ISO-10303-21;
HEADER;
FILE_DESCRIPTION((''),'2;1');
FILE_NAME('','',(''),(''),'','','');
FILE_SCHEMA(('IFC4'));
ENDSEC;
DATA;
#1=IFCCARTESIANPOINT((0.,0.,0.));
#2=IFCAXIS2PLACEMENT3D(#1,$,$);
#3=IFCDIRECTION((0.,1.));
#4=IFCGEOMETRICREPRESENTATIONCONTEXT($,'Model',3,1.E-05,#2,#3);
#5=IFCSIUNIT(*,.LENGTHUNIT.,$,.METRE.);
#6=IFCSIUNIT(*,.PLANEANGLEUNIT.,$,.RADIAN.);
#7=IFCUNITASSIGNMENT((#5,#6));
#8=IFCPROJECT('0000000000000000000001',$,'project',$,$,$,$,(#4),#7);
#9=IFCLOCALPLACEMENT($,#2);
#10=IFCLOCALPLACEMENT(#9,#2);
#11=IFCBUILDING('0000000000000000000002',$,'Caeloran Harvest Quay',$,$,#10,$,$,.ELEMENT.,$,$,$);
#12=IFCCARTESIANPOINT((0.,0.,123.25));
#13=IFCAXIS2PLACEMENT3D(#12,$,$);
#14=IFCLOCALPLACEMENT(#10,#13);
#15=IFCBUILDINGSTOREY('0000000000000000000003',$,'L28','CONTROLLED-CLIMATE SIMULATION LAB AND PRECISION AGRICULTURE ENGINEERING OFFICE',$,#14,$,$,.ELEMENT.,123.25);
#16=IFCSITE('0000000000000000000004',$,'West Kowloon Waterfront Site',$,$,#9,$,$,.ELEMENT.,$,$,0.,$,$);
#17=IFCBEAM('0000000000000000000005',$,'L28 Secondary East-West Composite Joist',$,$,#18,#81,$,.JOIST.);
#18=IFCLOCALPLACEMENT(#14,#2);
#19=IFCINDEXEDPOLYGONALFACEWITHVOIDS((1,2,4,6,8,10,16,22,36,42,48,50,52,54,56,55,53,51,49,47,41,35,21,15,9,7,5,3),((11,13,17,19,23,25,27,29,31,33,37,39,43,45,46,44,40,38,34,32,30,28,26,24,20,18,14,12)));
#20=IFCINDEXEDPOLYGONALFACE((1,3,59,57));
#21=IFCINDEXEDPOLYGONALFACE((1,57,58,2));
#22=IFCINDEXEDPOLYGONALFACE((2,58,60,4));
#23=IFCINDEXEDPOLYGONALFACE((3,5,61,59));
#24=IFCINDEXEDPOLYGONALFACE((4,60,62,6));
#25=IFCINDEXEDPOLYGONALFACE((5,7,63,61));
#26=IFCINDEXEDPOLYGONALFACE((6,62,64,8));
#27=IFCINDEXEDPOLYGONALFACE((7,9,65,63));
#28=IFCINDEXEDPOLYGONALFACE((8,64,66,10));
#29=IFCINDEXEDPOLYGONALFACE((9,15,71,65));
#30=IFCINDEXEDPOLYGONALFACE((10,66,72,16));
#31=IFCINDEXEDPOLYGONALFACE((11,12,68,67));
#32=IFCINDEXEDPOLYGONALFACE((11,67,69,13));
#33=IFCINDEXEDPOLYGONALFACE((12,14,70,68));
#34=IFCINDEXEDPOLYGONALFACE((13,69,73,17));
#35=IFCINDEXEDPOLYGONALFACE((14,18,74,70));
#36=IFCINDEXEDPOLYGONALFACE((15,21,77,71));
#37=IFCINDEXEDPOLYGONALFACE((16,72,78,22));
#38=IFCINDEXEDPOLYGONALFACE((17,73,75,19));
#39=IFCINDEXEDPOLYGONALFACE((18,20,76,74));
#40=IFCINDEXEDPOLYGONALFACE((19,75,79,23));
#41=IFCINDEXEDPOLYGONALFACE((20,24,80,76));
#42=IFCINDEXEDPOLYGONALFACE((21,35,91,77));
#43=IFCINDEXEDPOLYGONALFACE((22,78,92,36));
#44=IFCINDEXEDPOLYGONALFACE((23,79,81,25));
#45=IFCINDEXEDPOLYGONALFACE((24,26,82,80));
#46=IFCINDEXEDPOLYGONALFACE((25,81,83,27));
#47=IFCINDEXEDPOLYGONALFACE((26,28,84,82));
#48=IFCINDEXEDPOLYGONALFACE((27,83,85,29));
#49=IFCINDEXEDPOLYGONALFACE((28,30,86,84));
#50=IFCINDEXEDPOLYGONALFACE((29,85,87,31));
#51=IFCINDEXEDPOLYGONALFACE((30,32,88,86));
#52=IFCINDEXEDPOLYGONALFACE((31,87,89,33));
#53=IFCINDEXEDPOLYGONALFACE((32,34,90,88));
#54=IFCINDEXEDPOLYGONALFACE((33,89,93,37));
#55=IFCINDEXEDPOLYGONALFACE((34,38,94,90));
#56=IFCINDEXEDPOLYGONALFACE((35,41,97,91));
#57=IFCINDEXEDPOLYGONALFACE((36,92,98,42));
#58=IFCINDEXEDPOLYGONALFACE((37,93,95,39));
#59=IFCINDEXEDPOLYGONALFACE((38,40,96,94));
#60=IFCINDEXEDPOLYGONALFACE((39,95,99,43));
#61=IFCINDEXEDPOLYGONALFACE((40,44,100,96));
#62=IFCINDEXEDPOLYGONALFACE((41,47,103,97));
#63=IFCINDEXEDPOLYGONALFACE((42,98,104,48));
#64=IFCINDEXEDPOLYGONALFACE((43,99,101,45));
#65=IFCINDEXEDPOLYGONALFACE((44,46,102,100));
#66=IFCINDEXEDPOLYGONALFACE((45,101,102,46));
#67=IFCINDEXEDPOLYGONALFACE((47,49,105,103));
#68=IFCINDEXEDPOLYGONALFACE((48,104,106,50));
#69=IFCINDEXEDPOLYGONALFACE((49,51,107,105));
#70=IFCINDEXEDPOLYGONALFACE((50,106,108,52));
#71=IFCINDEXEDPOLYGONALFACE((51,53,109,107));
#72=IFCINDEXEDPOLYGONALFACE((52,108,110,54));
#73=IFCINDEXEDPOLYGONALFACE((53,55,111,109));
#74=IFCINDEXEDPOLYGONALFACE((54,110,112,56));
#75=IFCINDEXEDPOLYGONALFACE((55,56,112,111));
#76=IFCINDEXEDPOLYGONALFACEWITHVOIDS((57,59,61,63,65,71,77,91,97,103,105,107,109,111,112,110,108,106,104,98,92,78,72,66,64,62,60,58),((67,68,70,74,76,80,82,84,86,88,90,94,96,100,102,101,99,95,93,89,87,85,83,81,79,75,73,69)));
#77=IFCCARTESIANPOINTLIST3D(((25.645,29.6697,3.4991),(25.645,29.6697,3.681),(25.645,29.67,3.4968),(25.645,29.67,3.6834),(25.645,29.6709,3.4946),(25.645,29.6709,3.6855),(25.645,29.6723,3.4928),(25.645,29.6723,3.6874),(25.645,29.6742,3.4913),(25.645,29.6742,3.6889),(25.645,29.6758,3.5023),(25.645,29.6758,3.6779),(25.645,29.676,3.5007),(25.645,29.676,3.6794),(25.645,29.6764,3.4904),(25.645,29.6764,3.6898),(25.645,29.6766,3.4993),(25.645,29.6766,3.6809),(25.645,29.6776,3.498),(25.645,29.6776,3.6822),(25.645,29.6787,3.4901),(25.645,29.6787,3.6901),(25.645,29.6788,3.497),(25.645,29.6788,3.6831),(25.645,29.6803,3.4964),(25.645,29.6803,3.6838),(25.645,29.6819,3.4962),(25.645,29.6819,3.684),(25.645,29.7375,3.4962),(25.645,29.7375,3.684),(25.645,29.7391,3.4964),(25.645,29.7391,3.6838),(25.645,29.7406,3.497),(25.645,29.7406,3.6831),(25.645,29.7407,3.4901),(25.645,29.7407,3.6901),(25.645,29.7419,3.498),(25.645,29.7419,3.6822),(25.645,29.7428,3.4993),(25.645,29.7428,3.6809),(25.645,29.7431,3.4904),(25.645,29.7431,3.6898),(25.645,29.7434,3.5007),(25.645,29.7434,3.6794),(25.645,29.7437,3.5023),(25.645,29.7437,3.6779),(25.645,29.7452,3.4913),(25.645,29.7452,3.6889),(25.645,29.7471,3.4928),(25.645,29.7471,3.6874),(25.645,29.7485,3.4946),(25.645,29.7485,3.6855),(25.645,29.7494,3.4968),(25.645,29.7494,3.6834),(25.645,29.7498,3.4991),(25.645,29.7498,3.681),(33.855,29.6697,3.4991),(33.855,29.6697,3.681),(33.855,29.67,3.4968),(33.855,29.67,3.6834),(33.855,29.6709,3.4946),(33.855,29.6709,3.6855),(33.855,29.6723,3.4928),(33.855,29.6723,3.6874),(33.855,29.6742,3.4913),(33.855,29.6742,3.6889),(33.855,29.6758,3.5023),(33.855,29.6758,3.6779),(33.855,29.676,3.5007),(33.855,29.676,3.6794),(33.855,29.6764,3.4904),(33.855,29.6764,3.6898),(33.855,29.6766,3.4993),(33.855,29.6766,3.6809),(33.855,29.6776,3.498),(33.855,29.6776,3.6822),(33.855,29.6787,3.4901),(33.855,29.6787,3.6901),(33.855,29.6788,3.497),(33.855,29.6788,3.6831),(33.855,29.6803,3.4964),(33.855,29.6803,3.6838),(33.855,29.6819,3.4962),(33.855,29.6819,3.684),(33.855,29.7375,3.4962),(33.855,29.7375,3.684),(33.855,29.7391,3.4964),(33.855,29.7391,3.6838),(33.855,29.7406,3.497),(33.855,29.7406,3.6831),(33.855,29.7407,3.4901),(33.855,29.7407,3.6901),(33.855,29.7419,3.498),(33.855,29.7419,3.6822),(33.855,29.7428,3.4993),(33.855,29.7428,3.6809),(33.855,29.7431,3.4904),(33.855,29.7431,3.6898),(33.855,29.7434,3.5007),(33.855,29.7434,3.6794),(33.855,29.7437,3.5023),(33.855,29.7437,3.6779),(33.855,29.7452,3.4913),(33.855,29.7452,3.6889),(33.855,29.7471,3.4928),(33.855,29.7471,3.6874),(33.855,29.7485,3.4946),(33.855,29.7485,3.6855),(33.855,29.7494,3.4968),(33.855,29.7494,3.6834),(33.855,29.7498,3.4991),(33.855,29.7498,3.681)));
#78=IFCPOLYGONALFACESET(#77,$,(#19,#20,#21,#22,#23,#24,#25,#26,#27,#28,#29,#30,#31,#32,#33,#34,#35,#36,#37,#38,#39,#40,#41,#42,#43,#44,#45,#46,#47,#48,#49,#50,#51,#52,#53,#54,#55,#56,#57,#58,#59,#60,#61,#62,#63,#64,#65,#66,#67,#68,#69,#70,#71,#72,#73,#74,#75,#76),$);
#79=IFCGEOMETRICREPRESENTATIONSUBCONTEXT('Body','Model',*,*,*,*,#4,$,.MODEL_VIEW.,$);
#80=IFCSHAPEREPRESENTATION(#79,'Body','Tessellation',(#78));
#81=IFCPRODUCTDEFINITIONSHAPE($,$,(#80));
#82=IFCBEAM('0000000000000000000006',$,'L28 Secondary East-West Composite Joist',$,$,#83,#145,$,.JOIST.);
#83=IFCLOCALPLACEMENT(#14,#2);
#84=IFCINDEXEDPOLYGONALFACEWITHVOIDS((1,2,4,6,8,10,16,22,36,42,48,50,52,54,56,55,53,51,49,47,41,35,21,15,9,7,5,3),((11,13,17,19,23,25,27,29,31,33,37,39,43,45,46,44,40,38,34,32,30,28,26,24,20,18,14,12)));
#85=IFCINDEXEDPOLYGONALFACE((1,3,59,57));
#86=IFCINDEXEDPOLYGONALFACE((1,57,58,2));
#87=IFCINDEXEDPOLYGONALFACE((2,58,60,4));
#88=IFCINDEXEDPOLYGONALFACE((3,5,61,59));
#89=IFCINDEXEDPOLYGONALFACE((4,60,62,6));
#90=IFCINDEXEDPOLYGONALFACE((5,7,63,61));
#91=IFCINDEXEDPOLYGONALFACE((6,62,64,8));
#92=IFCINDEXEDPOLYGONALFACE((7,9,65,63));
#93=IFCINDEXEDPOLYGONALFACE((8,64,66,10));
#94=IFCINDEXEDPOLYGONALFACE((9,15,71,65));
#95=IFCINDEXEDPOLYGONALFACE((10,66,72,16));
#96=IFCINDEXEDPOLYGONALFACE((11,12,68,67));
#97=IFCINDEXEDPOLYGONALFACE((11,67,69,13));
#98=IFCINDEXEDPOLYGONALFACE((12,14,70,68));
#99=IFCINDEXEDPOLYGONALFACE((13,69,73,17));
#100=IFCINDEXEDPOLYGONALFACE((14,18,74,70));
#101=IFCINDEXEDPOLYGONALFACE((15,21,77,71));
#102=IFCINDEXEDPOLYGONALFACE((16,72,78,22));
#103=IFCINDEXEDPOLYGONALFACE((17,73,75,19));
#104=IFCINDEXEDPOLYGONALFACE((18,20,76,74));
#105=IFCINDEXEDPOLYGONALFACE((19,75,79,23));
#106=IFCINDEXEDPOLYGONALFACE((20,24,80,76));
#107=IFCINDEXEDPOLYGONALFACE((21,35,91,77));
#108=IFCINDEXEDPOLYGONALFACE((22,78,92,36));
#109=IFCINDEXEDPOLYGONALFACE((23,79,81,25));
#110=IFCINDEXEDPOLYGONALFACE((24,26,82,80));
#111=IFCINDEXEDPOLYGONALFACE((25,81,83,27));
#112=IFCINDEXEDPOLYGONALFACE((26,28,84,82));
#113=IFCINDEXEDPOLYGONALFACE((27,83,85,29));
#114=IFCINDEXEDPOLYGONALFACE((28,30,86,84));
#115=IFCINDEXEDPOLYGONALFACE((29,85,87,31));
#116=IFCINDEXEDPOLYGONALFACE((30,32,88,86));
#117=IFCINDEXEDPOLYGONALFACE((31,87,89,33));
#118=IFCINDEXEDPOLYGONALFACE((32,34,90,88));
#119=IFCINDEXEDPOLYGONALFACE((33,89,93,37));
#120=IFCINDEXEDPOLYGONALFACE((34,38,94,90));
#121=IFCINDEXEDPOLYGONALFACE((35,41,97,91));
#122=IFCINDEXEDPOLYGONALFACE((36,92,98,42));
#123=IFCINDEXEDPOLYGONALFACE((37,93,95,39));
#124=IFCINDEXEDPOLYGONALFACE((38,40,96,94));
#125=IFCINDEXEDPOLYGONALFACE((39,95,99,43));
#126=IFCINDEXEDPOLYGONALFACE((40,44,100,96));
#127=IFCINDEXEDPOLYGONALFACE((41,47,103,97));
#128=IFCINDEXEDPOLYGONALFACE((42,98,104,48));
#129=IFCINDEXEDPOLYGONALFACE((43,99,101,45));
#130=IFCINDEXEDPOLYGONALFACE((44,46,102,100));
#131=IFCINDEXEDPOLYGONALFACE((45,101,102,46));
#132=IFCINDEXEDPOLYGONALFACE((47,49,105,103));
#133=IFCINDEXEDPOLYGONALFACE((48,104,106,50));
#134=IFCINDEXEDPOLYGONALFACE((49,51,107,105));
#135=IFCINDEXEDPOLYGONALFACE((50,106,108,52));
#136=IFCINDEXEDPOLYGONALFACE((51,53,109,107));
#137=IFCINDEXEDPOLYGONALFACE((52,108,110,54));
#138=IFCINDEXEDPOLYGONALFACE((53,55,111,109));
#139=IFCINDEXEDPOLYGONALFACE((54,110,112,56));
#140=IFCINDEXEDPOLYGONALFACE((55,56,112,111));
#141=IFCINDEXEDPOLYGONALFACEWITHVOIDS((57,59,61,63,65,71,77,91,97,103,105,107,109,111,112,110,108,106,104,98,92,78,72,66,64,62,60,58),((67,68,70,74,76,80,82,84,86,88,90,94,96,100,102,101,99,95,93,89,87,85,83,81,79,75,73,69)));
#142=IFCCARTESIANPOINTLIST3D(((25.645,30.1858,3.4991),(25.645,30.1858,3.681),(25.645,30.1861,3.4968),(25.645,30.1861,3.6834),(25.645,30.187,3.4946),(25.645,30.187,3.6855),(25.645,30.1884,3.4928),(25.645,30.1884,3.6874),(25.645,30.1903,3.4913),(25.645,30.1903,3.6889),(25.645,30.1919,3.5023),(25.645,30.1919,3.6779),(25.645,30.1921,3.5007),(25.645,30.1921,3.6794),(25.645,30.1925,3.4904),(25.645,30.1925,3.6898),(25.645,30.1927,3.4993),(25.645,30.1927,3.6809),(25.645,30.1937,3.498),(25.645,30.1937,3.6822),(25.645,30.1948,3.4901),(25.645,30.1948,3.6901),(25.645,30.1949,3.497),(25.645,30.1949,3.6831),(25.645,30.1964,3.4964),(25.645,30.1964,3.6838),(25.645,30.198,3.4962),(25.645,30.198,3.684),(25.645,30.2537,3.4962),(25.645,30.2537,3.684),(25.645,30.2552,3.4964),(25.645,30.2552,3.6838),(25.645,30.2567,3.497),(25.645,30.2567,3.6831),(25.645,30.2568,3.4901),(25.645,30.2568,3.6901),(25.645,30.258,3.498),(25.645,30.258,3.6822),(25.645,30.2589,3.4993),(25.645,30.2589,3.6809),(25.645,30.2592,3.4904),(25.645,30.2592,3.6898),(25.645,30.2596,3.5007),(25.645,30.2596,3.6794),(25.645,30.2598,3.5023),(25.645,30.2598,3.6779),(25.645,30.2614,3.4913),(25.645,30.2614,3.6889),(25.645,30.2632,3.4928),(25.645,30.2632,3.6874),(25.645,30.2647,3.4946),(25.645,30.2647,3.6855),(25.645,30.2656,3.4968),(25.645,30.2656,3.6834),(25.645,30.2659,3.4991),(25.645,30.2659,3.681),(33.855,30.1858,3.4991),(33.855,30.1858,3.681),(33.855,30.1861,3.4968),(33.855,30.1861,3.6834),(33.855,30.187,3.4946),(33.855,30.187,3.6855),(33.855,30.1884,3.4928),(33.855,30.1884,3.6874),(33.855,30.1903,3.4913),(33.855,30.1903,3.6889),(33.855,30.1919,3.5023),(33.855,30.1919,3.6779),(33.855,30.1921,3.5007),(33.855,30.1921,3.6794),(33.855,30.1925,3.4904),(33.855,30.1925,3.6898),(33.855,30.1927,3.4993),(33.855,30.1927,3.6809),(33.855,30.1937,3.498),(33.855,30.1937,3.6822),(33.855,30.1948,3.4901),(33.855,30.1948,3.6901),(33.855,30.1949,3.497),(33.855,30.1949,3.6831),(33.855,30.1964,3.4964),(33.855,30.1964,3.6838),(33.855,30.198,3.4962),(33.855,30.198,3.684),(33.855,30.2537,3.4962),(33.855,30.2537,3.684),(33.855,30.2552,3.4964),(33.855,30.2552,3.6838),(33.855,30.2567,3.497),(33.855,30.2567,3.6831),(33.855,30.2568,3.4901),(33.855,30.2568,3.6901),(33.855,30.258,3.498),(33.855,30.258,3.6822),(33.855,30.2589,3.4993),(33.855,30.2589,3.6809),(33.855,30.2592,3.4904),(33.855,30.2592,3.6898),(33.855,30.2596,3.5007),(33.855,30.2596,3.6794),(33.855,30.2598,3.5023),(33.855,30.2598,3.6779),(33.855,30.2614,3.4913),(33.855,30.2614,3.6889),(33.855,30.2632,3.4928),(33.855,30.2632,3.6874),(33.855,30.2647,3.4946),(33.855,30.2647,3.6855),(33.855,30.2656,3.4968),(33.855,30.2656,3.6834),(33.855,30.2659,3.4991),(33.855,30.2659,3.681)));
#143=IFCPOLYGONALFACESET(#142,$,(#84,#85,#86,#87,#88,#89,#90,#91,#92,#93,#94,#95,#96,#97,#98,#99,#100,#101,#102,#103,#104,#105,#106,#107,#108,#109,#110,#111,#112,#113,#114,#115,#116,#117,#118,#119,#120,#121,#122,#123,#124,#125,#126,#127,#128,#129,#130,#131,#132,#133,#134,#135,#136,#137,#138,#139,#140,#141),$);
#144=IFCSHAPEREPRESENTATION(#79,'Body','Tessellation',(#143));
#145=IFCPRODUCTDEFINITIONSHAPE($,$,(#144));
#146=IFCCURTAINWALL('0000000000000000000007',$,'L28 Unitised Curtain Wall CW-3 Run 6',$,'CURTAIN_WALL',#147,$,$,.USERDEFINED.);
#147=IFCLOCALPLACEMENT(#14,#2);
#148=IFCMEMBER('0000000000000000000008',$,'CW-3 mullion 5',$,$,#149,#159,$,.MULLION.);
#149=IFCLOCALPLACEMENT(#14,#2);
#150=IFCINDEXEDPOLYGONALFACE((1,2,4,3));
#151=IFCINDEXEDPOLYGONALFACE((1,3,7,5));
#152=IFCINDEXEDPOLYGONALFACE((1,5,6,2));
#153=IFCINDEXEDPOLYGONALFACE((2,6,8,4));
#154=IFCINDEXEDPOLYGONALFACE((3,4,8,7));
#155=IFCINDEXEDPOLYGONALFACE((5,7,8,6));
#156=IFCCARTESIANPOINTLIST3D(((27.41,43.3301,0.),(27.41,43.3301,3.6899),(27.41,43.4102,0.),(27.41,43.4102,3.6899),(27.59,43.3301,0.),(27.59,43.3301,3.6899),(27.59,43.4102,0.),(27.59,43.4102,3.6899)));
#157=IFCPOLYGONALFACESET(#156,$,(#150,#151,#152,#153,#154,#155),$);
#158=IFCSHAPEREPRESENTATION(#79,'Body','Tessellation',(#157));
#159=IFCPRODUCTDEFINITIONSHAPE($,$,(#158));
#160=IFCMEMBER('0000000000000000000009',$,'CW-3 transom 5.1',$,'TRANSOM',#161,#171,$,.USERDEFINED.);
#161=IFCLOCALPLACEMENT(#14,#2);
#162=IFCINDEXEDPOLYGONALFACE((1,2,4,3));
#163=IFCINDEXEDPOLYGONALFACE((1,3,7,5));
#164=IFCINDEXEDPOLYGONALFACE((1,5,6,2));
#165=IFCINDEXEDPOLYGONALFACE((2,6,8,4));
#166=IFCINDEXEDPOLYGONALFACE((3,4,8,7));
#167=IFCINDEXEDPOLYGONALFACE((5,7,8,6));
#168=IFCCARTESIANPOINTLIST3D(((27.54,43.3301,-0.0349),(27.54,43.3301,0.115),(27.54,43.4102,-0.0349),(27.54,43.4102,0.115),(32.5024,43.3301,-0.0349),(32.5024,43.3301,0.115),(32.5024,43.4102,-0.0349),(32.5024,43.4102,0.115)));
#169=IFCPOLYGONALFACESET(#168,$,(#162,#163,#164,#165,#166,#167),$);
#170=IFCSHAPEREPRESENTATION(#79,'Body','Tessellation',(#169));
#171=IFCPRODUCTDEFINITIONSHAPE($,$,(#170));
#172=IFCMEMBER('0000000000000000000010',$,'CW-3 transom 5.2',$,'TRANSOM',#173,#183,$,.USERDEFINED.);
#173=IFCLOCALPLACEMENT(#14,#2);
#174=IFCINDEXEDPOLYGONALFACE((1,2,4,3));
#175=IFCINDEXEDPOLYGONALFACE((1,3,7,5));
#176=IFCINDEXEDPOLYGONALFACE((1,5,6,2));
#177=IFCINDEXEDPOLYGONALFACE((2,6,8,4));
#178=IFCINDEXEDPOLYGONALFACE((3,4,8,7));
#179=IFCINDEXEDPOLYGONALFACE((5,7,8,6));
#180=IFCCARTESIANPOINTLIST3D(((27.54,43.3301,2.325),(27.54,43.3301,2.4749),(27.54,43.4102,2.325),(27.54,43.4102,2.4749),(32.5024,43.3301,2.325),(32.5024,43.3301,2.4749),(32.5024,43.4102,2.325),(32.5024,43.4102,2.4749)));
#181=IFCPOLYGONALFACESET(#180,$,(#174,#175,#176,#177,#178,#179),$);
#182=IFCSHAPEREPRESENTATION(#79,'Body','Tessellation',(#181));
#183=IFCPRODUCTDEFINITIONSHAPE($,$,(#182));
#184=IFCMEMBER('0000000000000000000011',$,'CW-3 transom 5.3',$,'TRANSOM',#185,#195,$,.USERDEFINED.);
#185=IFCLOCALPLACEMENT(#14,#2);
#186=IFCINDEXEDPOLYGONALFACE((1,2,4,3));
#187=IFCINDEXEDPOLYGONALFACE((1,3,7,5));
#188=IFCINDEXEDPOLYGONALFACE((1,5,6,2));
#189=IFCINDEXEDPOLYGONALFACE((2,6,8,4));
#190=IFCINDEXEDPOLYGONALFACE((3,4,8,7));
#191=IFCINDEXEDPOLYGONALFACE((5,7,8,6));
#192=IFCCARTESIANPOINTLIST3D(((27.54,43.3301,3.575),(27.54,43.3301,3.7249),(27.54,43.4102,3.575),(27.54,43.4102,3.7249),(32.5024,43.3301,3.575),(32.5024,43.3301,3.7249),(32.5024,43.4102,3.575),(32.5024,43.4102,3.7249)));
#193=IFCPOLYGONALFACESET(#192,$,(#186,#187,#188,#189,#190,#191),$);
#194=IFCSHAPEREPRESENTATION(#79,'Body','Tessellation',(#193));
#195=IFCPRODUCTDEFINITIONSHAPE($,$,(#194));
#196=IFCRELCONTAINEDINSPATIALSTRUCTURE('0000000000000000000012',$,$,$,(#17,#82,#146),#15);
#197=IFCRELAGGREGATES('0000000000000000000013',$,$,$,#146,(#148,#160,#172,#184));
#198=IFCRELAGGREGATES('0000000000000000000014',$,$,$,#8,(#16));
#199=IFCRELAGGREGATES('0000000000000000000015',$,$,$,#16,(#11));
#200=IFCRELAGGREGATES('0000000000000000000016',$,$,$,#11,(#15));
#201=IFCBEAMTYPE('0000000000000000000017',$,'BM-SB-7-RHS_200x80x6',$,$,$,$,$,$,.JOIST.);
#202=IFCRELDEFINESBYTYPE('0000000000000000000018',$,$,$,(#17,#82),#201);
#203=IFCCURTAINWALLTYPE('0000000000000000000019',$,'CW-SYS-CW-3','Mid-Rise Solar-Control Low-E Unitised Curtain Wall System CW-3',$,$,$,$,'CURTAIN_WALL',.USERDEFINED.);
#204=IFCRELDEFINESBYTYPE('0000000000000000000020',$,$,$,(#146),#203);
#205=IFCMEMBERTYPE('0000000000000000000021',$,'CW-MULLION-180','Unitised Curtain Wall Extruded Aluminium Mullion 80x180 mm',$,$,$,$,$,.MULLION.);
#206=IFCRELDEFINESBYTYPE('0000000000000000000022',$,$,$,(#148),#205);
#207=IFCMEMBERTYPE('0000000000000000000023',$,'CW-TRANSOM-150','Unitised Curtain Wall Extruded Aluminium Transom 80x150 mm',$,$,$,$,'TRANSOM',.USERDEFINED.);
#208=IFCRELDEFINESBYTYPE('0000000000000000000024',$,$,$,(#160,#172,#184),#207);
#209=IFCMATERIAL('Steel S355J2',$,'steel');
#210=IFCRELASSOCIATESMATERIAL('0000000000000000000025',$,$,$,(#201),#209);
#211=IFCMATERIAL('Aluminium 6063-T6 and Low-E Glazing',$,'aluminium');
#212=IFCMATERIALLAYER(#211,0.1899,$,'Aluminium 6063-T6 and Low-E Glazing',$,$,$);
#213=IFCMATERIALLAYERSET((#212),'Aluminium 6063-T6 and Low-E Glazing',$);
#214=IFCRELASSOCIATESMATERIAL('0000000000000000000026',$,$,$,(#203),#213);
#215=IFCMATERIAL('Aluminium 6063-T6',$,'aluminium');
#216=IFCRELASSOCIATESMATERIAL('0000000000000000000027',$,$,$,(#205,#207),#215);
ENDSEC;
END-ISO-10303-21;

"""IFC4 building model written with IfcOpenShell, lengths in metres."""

from ifc_helpers import new_model, si_unit, direction, frame, origin, origin_2d, place, context, subcontext, project, spatial, rectangle, hollow_rectangle, extrude, material, layer, layer_set, material_profile, profile_set, type_object, element, aggregate, save


model = new_model("IFC4")

# Units and contexts
model_context = context("Model", 3, precision=1e-05, world=origin(), true_north=direction((0.0, 1.0)))
body_context = subcontext(model_context, "Body", "Model", "MODEL_VIEW")
ifc_project = project(units=[si_unit("LENGTHUNIT", "METRE"), si_unit("PLANEANGLEUNIT", "RADIAN")], contexts=[model_context])

# Site, building, storey
site_placement = place(None, origin())
site = spatial("IfcSite", under=ifc_project, at=site_placement, Name="West Kowloon Waterfront Site", CompositionType="ELEMENT", RefElevation=0.0)
building_placement = place(site_placement, origin())
building = spatial("IfcBuilding", under=site, at=building_placement, Name="Caeloran Harvest Quay", CompositionType="ELEMENT")
storey_placement = place(building_placement, frame((0.0, 0.0, 123.25)))
storey = spatial("IfcBuildingStorey", under=building, at=storey_placement, Name="L28", Description="CONTROLLED-CLIMATE SIMULATION LAB AND PRECISION AGRICULTURE ENGINEERING OFFICE", CompositionType="ELEMENT", Elevation=123.25)

# Beams
ifc_material_1 = material(Name="Steel S355J2", Category="steel")
ifc_material_profile_1 = material_profile(ifc_material_1, hollow_rectangle(XDim=0.0801, YDim=0.2, WallThickness=0.0061, InnerFilletRadius=0.0061, OuterFilletRadius=0.009, at=origin_2d()), Name="RHS 200x80x6")
ifc_profile_set_1 = profile_set([ifc_material_profile_1], Name="Steel S355J2")
beam_type_1 = type_object("IfcBeamType", Name="BM-SB-7-RHS_200x80x6", PredefinedType="JOIST", material=ifc_profile_set_1)
for number, where, z_axis, x_axis, name in (
    (1, (25.645, 29.7097, 3.5901), (1.0, 0.0, 0.0), (0.0, 1.0, 0.0), "L28 Secondary East-West Composite Joist"),
    (2, (25.645, 30.2258, 3.5901), (1.0, 0.0, 0.0), (0.0, 1.0, 0.0), "L28 Secondary East-West Composite Joist"),
):
    element("IfcBeam", number, at=place(storey_placement, frame(where, z_axis=z_axis, x_axis=x_axis)), inside=storey, type_object=beam_type_1, Name=name, PredefinedType="JOIST", context=body_context, shape_type="SweptSolid", body=[
        extrude(hollow_rectangle(XDim=0.0801, YDim=0.2, WallThickness=0.0061, InnerFilletRadius=0.0061, OuterFilletRadius=0.009, at=origin_2d()), origin(), (0.0, 0.0, 1.0), 8.21),
    ])

# Curtain wall, members
ifc_material_2 = material(Name="Aluminium 6063-T6 and Low-E Glazing", Category="aluminium")
ifc_layer_1 = layer(ifc_material_2, 0.1899, Name="Aluminium 6063-T6 and Low-E Glazing")
ifc_layer_set_1 = layer_set([ifc_layer_1], Name="Aluminium 6063-T6 and Low-E Glazing")
curtain_wall_type = type_object("IfcCurtainWallType", Name="CW-SYS-CW-3", Description="Mid-Rise Solar-Control Low-E Unitised Curtain Wall System CW-3", ElementType="CURTAIN_WALL", PredefinedType="USERDEFINED", material=ifc_layer_set_1)
curtain_wall_placement = place(storey_placement, origin())
curtain_wall = element("IfcCurtainWall", 3, at=curtain_wall_placement, inside=storey, type_object=curtain_wall_type, Name="L28 Unitised Curtain Wall CW-3 Run 6", ObjectType="CURTAIN_WALL", PredefinedType="USERDEFINED")
ifc_material_3 = material(Name="Aluminium 6063-T6", Category="aluminium")
ifc_material_profile_2 = material_profile(ifc_material_3, rectangle(XDim=0.0801, YDim=0.1799, at=origin_2d()), Name="CW-MULLION-180")
ifc_profile_set_2 = profile_set([ifc_material_profile_2], Name="Aluminium 6063-T6")
member_type_1 = type_object("IfcMemberType", Name="CW-MULLION-180", Description="Unitised Curtain Wall Extruded Aluminium Mullion 80x180 mm", PredefinedType="MULLION", material=ifc_profile_set_2)
member_1_placement = place(storey_placement, frame((27.5, 43.3701, 0.0), z_axis=(0.0, 0.0, 1.0), x_axis=(0.0, 1.0, 0.0)))
member_1 = element("IfcMember", 4, at=member_1_placement, type_object=member_type_1, Name="CW-3 mullion 5", PredefinedType="MULLION", context=body_context, shape_type="SweptSolid", body=[
    extrude(rectangle(XDim=0.0801, YDim=0.1799, at=origin_2d()), origin(), (0.0, 0.0, 1.0), 3.6899),
])
ifc_material_profile_3 = material_profile(ifc_material_3, rectangle(XDim=0.0801, YDim=0.1499, at=origin_2d()), Name="CW-TRANSOM-150")
ifc_profile_set_3 = profile_set([ifc_material_profile_3], Name="Aluminium 6063-T6")
member_type_2 = type_object("IfcMemberType", Name="CW-TRANSOM-150", Description="Unitised Curtain Wall Extruded Aluminium Transom 80x150 mm", ElementType="TRANSOM", PredefinedType="USERDEFINED", material=ifc_profile_set_3)
member_2_placement = place(storey_placement, frame((27.54, 43.3701, 0.04), z_axis=(1.0, 0.0, 0.0), x_axis=(0.0, 1.0, 0.0)))
member_2 = element("IfcMember", 5, at=member_2_placement, type_object=member_type_2, Name="CW-3 transom 5.1", ObjectType="TRANSOM", PredefinedType="USERDEFINED", context=body_context, shape_type="SweptSolid", body=[
    extrude(rectangle(XDim=0.0801, YDim=0.1499, at=origin_2d()), origin(), (0.0, 0.0, 1.0), 4.9624),
])
member_3_placement = place(storey_placement, frame((27.54, 43.3701, 2.3999), z_axis=(1.0, 0.0, 0.0), x_axis=(0.0, 1.0, 0.0)))
member_3 = element("IfcMember", 6, at=member_3_placement, type_object=member_type_2, Name="CW-3 transom 5.2", ObjectType="TRANSOM", PredefinedType="USERDEFINED", context=body_context, shape_type="SweptSolid", body=[
    extrude(rectangle(XDim=0.0801, YDim=0.1499, at=origin_2d()), origin(), (0.0, 0.0, 1.0), 4.9624),
])
member_4_placement = place(storey_placement, frame((27.54, 43.3701, 3.6499), z_axis=(1.0, 0.0, 0.0), x_axis=(0.0, 1.0, 0.0)))
member_4 = element("IfcMember", 7, at=member_4_placement, type_object=member_type_2, Name="CW-3 transom 5.3", ObjectType="TRANSOM", PredefinedType="USERDEFINED", context=body_context, shape_type="SweptSolid", body=[
    extrude(rectangle(XDim=0.0801, YDim=0.1499, at=origin_2d()), origin(), (0.0, 0.0, 1.0), 4.9624),
])
aggregate(curtain_wall, [member_1, member_2, member_3, member_4])

save(model, "model.ifc")
